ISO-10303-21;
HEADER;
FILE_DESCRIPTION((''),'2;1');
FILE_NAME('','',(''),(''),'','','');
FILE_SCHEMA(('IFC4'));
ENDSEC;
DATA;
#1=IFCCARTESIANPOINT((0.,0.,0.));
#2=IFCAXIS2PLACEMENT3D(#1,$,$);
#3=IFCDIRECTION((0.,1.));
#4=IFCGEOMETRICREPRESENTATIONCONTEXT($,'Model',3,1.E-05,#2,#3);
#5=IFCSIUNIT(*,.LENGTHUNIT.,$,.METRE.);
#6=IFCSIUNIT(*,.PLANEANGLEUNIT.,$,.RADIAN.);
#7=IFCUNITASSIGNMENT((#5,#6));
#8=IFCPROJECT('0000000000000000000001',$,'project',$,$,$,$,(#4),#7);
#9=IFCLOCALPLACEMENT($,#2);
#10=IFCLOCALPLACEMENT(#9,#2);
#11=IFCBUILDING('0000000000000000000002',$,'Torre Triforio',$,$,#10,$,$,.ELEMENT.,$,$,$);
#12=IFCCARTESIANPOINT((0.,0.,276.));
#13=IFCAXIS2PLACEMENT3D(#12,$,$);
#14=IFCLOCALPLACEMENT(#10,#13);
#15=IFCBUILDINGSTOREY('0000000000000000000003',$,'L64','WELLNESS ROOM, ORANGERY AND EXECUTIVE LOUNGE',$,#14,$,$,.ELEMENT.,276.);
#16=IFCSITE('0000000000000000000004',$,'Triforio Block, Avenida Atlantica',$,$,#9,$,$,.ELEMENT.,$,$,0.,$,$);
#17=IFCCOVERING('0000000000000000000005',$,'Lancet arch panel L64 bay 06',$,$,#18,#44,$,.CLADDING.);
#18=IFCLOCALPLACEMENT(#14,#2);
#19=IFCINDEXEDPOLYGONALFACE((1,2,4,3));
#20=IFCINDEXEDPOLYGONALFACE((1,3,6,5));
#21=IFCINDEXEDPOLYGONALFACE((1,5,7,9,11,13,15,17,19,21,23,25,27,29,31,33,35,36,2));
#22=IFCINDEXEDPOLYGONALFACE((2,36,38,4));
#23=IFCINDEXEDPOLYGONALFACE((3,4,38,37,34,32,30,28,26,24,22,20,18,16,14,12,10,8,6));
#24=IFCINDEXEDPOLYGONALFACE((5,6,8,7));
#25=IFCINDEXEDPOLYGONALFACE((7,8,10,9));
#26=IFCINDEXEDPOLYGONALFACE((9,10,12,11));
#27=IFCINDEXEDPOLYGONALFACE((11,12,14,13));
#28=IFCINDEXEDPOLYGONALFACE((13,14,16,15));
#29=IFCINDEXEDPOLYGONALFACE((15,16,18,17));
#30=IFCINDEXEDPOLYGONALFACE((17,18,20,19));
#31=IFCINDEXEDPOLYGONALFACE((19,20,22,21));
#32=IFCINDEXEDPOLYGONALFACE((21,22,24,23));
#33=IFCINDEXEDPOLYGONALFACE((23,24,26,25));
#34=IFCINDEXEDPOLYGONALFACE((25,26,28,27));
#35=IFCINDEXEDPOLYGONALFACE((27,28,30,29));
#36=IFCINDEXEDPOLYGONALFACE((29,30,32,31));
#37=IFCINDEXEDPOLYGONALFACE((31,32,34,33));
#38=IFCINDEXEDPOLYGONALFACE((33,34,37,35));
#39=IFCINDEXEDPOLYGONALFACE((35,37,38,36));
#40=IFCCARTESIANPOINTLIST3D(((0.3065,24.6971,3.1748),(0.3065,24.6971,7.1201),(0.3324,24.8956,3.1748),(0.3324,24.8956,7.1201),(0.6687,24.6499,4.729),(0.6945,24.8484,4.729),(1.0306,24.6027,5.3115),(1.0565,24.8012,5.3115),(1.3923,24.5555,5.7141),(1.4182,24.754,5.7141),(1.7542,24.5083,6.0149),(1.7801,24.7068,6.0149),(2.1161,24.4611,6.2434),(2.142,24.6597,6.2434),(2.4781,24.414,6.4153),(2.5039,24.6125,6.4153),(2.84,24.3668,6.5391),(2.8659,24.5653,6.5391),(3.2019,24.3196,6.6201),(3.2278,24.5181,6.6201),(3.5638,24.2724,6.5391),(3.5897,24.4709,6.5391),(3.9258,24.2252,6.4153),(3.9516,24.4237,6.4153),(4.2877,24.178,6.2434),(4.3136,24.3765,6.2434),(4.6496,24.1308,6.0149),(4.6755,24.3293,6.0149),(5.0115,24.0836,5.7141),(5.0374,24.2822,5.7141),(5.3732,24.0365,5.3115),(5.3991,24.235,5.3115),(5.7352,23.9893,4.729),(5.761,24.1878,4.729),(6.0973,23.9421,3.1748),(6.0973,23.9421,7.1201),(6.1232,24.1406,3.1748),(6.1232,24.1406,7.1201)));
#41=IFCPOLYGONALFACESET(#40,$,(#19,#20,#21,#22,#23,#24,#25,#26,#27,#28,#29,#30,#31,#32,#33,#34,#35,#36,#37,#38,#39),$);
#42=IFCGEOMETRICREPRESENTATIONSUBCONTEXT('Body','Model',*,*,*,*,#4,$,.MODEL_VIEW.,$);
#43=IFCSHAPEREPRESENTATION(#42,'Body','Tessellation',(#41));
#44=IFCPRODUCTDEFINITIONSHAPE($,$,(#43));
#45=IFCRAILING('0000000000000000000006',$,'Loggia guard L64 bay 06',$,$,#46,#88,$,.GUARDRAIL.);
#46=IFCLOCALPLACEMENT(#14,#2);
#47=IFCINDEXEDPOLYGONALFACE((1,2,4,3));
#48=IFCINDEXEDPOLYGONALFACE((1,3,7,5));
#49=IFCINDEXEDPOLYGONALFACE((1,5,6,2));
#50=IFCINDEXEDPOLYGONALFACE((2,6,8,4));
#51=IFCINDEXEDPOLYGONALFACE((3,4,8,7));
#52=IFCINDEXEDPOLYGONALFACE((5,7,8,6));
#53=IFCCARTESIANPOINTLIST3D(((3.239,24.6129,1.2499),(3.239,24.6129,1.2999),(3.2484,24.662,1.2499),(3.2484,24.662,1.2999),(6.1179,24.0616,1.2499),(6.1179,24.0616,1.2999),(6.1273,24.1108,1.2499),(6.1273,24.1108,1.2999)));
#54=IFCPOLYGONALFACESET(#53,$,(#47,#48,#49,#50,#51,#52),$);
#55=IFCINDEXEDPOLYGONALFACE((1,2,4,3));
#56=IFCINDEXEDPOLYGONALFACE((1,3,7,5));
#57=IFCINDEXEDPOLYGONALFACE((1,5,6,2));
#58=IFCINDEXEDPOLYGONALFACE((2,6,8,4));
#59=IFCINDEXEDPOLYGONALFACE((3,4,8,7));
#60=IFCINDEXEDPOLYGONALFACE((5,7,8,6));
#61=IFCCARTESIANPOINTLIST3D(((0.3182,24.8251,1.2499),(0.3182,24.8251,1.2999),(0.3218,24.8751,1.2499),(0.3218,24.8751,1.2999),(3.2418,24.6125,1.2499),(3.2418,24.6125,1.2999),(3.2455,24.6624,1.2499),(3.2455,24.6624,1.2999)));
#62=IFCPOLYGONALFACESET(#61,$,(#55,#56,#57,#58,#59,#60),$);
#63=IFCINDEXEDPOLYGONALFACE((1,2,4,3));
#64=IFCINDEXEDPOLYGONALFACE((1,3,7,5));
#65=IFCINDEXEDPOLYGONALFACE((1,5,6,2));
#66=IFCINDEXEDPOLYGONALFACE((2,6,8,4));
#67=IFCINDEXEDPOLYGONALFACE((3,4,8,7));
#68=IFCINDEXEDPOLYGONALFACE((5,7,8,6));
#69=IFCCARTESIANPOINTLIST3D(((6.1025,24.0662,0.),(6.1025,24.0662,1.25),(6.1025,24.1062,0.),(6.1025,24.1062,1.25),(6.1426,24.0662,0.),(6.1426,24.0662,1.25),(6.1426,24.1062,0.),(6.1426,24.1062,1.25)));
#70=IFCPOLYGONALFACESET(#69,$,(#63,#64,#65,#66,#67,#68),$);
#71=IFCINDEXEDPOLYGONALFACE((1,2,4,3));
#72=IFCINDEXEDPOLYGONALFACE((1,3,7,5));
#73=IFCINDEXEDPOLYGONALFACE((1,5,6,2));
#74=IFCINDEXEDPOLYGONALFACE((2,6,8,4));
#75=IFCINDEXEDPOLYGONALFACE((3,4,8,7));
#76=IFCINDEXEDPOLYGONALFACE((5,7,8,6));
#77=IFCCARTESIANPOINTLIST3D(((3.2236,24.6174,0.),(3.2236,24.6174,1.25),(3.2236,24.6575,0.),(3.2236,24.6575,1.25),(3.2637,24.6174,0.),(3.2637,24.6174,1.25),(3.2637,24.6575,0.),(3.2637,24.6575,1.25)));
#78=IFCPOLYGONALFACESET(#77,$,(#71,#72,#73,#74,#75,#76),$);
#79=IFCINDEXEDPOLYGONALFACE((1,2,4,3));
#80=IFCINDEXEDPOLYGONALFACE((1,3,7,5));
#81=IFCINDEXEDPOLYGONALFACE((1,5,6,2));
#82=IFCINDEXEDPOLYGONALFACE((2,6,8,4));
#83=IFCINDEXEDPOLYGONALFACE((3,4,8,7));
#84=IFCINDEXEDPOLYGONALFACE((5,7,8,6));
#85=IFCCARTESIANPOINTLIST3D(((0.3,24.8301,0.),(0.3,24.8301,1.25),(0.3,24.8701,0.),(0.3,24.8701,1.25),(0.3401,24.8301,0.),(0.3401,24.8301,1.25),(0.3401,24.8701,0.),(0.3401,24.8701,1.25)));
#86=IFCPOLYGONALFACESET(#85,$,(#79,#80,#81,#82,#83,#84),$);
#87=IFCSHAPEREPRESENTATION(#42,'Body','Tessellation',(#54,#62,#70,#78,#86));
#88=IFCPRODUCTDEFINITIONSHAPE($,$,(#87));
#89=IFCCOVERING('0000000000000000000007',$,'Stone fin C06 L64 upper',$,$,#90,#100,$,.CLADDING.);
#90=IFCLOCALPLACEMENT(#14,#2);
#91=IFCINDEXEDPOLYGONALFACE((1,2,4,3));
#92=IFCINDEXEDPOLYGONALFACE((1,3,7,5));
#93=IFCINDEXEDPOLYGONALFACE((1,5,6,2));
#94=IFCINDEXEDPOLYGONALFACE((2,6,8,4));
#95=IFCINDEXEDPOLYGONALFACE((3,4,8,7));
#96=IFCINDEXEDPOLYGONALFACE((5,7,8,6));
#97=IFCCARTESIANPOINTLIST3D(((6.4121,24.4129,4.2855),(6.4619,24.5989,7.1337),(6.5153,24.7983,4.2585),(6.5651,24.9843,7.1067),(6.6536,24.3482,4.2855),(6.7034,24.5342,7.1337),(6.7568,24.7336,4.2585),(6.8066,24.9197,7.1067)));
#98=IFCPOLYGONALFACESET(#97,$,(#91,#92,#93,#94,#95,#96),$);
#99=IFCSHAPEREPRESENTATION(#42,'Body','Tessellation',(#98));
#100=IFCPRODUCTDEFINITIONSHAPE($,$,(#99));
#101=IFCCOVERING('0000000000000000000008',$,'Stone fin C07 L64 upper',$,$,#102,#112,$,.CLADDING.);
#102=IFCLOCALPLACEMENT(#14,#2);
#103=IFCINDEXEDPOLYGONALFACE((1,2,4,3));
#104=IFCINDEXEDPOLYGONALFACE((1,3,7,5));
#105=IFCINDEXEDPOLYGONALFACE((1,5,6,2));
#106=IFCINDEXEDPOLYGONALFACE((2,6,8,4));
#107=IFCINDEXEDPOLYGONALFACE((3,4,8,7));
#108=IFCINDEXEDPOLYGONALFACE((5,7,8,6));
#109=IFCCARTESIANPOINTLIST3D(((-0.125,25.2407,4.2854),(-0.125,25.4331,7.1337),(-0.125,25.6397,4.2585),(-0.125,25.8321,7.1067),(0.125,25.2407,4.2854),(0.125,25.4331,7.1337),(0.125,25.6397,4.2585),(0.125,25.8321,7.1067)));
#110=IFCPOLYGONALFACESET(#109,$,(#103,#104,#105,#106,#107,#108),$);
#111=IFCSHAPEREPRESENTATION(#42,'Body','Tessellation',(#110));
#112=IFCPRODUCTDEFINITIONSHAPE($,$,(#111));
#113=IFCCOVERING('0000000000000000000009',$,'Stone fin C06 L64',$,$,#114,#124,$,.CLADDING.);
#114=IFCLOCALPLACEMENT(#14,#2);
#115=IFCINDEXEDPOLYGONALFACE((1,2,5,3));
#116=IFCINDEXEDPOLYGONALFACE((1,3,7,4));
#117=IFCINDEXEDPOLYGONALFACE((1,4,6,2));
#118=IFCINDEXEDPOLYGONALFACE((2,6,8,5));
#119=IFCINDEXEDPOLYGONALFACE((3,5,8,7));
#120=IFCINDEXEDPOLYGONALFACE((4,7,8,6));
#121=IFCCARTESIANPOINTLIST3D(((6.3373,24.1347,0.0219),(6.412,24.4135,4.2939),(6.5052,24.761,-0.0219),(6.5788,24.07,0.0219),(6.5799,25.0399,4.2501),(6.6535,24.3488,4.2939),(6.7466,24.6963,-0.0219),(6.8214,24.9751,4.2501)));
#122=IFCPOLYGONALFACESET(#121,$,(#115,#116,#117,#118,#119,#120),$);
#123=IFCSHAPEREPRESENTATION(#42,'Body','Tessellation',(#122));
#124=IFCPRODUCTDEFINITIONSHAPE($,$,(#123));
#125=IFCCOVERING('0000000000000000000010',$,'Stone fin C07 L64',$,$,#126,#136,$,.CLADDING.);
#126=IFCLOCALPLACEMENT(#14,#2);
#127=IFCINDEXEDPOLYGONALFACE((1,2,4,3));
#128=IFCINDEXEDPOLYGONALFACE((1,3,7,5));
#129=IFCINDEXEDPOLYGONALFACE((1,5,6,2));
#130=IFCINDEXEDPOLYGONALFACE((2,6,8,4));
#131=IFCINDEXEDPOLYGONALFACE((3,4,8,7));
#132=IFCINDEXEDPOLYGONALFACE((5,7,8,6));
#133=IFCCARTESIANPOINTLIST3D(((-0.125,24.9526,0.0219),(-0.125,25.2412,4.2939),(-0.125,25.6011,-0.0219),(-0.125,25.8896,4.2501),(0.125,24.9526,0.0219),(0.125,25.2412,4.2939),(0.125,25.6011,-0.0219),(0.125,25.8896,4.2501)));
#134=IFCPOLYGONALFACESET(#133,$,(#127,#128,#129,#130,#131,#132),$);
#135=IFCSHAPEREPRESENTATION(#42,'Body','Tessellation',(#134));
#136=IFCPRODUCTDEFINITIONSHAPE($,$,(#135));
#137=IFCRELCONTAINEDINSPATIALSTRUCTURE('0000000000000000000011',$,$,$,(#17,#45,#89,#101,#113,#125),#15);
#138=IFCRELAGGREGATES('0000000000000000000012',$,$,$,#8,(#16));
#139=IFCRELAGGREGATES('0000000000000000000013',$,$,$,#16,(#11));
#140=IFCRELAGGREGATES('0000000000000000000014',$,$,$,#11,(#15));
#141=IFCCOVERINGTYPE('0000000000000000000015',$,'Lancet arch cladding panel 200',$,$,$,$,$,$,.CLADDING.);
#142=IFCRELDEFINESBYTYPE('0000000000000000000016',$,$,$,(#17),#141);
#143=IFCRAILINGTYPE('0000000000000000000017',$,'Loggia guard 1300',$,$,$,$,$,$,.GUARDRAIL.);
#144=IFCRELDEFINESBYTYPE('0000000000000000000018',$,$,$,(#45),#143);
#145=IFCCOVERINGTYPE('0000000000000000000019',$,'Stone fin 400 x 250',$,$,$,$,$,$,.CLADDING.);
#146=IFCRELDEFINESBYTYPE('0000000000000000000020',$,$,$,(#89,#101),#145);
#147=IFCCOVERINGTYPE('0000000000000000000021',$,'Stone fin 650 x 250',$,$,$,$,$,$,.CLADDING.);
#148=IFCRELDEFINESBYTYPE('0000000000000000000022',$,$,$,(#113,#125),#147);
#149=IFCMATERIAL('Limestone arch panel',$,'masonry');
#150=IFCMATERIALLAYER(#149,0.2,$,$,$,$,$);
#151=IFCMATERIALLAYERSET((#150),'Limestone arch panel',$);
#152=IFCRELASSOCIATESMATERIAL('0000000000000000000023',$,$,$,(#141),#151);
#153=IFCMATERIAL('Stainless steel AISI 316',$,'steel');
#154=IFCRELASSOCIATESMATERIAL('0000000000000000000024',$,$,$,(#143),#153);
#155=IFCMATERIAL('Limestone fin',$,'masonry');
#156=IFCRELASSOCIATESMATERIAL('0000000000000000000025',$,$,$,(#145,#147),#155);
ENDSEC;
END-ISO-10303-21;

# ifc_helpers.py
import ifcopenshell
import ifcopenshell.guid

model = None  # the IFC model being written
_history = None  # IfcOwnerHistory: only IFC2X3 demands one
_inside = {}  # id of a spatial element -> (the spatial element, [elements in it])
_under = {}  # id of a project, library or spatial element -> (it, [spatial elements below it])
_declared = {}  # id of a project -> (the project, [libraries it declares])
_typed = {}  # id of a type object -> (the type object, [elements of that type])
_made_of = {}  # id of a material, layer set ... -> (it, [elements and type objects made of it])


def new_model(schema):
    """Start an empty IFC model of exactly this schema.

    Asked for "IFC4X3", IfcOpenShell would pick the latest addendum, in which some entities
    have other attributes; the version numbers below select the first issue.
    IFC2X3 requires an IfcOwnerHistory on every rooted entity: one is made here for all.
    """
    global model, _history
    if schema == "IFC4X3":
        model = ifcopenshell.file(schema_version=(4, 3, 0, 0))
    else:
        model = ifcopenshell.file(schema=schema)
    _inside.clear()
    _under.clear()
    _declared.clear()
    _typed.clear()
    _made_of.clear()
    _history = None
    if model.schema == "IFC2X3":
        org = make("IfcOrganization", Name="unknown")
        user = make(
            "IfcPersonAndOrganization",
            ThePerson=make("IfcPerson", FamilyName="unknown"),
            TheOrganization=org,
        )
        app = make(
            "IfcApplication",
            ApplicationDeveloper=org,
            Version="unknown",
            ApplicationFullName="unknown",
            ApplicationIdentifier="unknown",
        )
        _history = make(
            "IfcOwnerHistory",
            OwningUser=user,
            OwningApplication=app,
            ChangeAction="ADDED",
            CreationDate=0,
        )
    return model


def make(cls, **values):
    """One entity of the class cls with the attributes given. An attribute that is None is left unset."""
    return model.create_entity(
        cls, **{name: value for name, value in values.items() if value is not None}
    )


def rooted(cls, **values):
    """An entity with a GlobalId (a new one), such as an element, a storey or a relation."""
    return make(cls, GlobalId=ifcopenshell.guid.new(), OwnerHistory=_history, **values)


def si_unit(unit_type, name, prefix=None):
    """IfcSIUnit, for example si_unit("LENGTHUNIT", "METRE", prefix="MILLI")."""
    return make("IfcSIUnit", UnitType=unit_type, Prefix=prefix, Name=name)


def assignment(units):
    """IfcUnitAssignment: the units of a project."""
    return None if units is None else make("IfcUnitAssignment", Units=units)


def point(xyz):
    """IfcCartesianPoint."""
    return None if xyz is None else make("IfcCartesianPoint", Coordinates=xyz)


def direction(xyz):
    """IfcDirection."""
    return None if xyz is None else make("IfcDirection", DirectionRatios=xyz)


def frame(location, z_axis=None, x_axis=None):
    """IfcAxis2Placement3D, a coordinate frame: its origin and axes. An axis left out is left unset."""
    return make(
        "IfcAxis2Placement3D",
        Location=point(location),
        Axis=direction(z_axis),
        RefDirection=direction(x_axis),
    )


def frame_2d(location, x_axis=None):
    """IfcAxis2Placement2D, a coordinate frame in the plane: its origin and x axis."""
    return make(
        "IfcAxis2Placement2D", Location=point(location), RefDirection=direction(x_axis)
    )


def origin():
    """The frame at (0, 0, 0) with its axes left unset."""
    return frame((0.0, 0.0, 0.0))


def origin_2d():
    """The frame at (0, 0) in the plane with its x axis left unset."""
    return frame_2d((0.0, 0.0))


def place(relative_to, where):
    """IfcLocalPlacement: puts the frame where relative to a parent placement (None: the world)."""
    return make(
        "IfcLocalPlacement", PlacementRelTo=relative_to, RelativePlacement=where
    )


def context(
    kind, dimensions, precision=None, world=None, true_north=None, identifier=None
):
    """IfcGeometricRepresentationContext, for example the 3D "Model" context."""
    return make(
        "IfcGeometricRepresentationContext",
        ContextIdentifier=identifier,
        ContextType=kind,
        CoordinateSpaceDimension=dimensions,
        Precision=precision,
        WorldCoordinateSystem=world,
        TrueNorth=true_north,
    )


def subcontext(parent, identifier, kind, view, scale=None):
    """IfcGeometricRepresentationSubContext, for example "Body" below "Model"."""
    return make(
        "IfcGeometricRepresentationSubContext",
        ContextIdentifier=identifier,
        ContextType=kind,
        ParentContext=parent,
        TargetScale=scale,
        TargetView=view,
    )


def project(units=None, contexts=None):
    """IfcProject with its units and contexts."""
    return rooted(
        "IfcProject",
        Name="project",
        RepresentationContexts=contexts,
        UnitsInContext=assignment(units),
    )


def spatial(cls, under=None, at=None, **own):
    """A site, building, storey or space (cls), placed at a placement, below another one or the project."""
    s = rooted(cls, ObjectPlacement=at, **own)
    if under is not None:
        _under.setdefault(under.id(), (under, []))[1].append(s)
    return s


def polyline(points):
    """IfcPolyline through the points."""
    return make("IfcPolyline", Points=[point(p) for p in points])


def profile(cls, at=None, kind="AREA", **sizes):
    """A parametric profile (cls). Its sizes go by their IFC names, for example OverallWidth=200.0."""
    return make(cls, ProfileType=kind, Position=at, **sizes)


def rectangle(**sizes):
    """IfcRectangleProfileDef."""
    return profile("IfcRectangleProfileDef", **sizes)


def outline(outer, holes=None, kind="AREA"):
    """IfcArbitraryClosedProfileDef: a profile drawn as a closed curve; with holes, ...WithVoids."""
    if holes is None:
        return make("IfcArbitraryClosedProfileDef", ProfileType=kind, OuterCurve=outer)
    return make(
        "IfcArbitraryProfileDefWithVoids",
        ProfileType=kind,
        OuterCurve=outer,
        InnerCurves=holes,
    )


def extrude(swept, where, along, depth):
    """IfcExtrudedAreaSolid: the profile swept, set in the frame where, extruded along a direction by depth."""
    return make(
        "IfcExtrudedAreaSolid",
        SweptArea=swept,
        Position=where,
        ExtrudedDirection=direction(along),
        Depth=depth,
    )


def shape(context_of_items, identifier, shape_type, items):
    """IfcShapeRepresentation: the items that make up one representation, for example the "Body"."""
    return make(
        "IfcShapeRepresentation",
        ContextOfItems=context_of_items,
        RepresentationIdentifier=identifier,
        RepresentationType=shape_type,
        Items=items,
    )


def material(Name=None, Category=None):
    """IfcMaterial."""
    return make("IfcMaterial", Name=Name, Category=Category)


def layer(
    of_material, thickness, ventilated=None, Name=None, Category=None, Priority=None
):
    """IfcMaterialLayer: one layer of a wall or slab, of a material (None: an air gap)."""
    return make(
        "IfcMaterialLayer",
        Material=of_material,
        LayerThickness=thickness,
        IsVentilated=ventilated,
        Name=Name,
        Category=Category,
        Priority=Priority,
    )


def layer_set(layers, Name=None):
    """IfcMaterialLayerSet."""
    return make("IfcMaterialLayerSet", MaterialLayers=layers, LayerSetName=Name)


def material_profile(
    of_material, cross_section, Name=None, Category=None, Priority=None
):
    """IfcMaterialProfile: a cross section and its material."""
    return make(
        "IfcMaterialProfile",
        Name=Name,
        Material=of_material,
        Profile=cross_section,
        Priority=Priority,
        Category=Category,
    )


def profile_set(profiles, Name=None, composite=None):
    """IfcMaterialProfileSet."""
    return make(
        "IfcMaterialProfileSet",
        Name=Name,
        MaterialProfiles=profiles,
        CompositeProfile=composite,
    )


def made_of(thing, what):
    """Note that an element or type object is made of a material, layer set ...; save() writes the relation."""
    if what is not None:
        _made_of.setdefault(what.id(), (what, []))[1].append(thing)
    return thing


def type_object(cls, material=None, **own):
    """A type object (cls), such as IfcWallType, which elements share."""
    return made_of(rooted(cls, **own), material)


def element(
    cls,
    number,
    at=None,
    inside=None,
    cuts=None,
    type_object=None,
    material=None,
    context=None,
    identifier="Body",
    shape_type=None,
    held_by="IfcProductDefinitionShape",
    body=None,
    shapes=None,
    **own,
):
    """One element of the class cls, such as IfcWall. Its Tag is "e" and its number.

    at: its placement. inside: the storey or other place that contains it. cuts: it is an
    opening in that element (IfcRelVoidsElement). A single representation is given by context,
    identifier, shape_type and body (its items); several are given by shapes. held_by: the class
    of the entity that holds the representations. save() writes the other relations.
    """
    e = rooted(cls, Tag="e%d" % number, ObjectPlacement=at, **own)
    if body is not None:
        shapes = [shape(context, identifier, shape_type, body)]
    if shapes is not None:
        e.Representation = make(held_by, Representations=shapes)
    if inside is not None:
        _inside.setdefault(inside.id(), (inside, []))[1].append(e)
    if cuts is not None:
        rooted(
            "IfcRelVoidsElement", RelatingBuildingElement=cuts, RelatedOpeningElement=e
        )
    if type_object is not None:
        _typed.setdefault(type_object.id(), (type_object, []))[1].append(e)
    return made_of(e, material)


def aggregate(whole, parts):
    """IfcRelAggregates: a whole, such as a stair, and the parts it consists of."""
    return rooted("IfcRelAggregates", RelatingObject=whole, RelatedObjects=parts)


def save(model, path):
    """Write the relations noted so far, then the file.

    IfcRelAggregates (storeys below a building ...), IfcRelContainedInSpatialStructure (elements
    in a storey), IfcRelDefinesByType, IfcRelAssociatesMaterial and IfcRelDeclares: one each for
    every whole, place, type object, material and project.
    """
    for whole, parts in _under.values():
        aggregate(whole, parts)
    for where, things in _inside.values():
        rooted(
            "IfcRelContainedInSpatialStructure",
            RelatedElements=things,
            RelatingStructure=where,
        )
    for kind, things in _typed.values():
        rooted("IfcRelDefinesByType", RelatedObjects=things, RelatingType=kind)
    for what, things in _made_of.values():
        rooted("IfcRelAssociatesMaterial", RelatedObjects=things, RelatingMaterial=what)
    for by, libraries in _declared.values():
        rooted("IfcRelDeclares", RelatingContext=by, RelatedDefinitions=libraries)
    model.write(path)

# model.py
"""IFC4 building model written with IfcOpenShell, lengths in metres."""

from ifc_helpers import new_model, si_unit, direction, frame, origin, origin_2d, place, context, subcontext, project, spatial, polyline, rectangle, outline, extrude, material, layer, layer_set, material_profile, profile_set, type_object, element, save


model = new_model("IFC4")

# Units and contexts
model_context = context("Model", 3, precision=1e-05, world=origin(), true_north=direction((0.0, 1.0)))
body_context = subcontext(model_context, "Body", "Model", "MODEL_VIEW")
ifc_project = project(units=[si_unit("LENGTHUNIT", "METRE"), si_unit("PLANEANGLEUNIT", "RADIAN")], contexts=[model_context])

# Site, building, storey
site_placement = place(None, origin())
site = spatial("IfcSite", under=ifc_project, at=site_placement, Name="Triforio Block, Avenida Atlantica", CompositionType="ELEMENT", RefElevation=0.0)
building_placement = place(site_placement, origin())
building = spatial("IfcBuilding", under=site, at=building_placement, Name="Torre Triforio", CompositionType="ELEMENT")
storey_placement = place(building_placement, frame((0.0, 0.0, 276.0)))
storey = spatial("IfcBuildingStorey", under=building, at=storey_placement, Name="L64", Description="WELLNESS ROOM, ORANGERY AND EXECUTIVE LOUNGE", CompositionType="ELEMENT", Elevation=276.0)

# Covering
ifc_material_1 = material(Name="Limestone arch panel", Category="masonry")
ifc_layer_1 = layer(ifc_material_1, 0.2)
ifc_layer_set_1 = layer_set([ifc_layer_1], Name="Limestone arch panel")
covering_type_1 = type_object("IfcCoveringType", Name="Lancet arch cladding panel 200", PredefinedType="CLADDING", material=ifc_layer_set_1)
covering_placement = place(storey_placement, frame((3.2019, 24.3196, 0.0), z_axis=(0.129287, 0.991607, 0.0), x_axis=(-0.991607, 0.129287, 0.0)))
element("IfcCovering", 1, at=covering_placement, inside=storey, type_object=covering_type_1, Name="Lancet arch panel L64 bay 06", PredefinedType="CLADDING", context=body_context, shape_type="SweptSolid", body=[
    extrude(outline(polyline([(-2.9199, 7.1201), (-2.9199, 3.1748), (-2.5547, 4.729), (-2.1897, 5.3115), (-1.825, 5.7141), (-1.46, 6.0149), (-1.095, 6.2434), (-0.73, 6.4153), (-0.365, 6.5391), (0.0, 6.6201), (0.365, 6.5391), (0.73, 6.4153), (1.095, 6.2434), (1.46, 6.0149), (1.825, 5.7141), (2.1897, 5.3115), (2.5547, 4.729), (2.9199, 3.1748), (2.9199, 7.1201), (-2.9199, 7.1201)])), origin(), (0.0, 0.0, 1.0), 0.2002),
])

# Railing
ifc_material_2 = material(Name="Stainless steel AISI 316", Category="steel")
railing_type = type_object("IfcRailingType", Name="Loggia guard 1300", PredefinedType="GUARDRAIL", material=ifc_material_2)
railing_placement = place(storey_placement, frame((6.1226, 24.0862, 0.0)))
element("IfcRailing", 2, at=railing_placement, inside=storey, type_object=railing_type, Name="Loggia guard L64 bay 06", PredefinedType="GUARDRAIL", context=body_context, shape_type="SweptSolid", body=[
    extrude(rectangle(XDim=0.05, YDim=0.05, at=origin_2d()), frame((0.0, 0.0, 1.2749), z_axis=(-0.982156, 0.188069, 0.0), x_axis=(-0.188069, -0.982156, 0.0)), (0.0, 0.0, 1.0), 2.9312),
    extrude(rectangle(XDim=0.05, YDim=0.05, at=origin_2d()), frame((-2.8789, 0.5513, 1.2749), z_axis=(-0.997365, 0.072543, 0.0), x_axis=(-0.072543, -0.997365, 0.0)), (0.0, 0.0, 1.0), 2.9314),
    extrude(rectangle(XDim=0.04, YDim=0.04, at=origin_2d()), origin(), (0.0, 0.0, 1.0), 1.25),
    extrude(rectangle(XDim=0.04, YDim=0.04, at=origin_2d()), frame((-2.8789, 0.5513, 0.0)), (0.0, 0.0, 1.0), 1.25),
    extrude(rectangle(XDim=0.04, YDim=0.04, at=origin_2d()), frame((-5.8025, 0.7639, 0.0)), (0.0, 0.0, 1.0), 1.25),
])

# Coverings
ifc_material_3 = material(Name="Limestone fin", Category="masonry")
ifc_material_profile_1 = material_profile(ifc_material_3, rectangle(XDim=0.3999, YDim=0.25, at=origin_2d()), Name="FIN 400x250")
ifc_profile_set_1 = profile_set([ifc_material_profile_1], Name="Limestone fin")
covering_type_2 = type_object("IfcCoveringType", Name="Stone fin 400 x 250", PredefinedType="CLADDING", material=ifc_profile_set_1)
for number, where, z_axis, x_axis, name in (
    (3, (6.5845, 24.5732, 4.272), (0.017447, 0.065169, 0.997722), (-0.25802, -0.963781, 0.067464), "Stone fin C06 L64 upper"),
    (4, (0.0, 25.4402, 4.272), (0.0, 0.067393, 0.997726), (0.0, -0.997726, 0.067393), "Stone fin C07 L64 upper"),
):
    element("IfcCovering", number, at=place(storey_placement, frame(where, z_axis=z_axis, x_axis=x_axis)), inside=storey, type_object=covering_type_2, Name=name, PredefinedType="CLADDING", context=body_context, shape_type="SweptSolid", body=[
        extrude(rectangle(XDim=0.3999, YDim=0.25, at=origin_2d()), origin(), (0.0, 0.0, 1.0), 2.8547),
    ])
ifc_material_profile_2 = material_profile(ifc_material_3, rectangle(XDim=0.6499, YDim=0.25, at=origin_2d()), Name="FIN 650x250")
ifc_profile_set_2 = profile_set([ifc_material_profile_2], Name="Limestone fin")
covering_type_3 = type_object("IfcCoveringType", Name="Stone fin 650 x 250", PredefinedType="CLADDING", material=ifc_profile_set_2)
for number, where, z_axis, x_axis, name in (
    (5, (6.542, 24.4155, 0.0), (0.017448, 0.065116, 0.997725), (-0.258232, -0.963728, 0.067413), "Stone fin C06 L64"),
    (6, (0.0, 25.2769, 0.0), (0.0, 0.067397, 0.997726), (0.0, -0.997726, 0.067397), "Stone fin C07 L64"),
):
    element("IfcCovering", number, at=place(storey_placement, frame(where, z_axis=z_axis, x_axis=x_axis)), inside=storey, type_object=covering_type_3, Name=name, PredefinedType="CLADDING", context=body_context, shape_type="SweptSolid", body=[
        extrude(rectangle(XDim=0.6499, YDim=0.25, at=origin_2d()), origin(), (0.0, 0.0, 1.0), 4.2817),
    ])

save(model, "model.ifc")
